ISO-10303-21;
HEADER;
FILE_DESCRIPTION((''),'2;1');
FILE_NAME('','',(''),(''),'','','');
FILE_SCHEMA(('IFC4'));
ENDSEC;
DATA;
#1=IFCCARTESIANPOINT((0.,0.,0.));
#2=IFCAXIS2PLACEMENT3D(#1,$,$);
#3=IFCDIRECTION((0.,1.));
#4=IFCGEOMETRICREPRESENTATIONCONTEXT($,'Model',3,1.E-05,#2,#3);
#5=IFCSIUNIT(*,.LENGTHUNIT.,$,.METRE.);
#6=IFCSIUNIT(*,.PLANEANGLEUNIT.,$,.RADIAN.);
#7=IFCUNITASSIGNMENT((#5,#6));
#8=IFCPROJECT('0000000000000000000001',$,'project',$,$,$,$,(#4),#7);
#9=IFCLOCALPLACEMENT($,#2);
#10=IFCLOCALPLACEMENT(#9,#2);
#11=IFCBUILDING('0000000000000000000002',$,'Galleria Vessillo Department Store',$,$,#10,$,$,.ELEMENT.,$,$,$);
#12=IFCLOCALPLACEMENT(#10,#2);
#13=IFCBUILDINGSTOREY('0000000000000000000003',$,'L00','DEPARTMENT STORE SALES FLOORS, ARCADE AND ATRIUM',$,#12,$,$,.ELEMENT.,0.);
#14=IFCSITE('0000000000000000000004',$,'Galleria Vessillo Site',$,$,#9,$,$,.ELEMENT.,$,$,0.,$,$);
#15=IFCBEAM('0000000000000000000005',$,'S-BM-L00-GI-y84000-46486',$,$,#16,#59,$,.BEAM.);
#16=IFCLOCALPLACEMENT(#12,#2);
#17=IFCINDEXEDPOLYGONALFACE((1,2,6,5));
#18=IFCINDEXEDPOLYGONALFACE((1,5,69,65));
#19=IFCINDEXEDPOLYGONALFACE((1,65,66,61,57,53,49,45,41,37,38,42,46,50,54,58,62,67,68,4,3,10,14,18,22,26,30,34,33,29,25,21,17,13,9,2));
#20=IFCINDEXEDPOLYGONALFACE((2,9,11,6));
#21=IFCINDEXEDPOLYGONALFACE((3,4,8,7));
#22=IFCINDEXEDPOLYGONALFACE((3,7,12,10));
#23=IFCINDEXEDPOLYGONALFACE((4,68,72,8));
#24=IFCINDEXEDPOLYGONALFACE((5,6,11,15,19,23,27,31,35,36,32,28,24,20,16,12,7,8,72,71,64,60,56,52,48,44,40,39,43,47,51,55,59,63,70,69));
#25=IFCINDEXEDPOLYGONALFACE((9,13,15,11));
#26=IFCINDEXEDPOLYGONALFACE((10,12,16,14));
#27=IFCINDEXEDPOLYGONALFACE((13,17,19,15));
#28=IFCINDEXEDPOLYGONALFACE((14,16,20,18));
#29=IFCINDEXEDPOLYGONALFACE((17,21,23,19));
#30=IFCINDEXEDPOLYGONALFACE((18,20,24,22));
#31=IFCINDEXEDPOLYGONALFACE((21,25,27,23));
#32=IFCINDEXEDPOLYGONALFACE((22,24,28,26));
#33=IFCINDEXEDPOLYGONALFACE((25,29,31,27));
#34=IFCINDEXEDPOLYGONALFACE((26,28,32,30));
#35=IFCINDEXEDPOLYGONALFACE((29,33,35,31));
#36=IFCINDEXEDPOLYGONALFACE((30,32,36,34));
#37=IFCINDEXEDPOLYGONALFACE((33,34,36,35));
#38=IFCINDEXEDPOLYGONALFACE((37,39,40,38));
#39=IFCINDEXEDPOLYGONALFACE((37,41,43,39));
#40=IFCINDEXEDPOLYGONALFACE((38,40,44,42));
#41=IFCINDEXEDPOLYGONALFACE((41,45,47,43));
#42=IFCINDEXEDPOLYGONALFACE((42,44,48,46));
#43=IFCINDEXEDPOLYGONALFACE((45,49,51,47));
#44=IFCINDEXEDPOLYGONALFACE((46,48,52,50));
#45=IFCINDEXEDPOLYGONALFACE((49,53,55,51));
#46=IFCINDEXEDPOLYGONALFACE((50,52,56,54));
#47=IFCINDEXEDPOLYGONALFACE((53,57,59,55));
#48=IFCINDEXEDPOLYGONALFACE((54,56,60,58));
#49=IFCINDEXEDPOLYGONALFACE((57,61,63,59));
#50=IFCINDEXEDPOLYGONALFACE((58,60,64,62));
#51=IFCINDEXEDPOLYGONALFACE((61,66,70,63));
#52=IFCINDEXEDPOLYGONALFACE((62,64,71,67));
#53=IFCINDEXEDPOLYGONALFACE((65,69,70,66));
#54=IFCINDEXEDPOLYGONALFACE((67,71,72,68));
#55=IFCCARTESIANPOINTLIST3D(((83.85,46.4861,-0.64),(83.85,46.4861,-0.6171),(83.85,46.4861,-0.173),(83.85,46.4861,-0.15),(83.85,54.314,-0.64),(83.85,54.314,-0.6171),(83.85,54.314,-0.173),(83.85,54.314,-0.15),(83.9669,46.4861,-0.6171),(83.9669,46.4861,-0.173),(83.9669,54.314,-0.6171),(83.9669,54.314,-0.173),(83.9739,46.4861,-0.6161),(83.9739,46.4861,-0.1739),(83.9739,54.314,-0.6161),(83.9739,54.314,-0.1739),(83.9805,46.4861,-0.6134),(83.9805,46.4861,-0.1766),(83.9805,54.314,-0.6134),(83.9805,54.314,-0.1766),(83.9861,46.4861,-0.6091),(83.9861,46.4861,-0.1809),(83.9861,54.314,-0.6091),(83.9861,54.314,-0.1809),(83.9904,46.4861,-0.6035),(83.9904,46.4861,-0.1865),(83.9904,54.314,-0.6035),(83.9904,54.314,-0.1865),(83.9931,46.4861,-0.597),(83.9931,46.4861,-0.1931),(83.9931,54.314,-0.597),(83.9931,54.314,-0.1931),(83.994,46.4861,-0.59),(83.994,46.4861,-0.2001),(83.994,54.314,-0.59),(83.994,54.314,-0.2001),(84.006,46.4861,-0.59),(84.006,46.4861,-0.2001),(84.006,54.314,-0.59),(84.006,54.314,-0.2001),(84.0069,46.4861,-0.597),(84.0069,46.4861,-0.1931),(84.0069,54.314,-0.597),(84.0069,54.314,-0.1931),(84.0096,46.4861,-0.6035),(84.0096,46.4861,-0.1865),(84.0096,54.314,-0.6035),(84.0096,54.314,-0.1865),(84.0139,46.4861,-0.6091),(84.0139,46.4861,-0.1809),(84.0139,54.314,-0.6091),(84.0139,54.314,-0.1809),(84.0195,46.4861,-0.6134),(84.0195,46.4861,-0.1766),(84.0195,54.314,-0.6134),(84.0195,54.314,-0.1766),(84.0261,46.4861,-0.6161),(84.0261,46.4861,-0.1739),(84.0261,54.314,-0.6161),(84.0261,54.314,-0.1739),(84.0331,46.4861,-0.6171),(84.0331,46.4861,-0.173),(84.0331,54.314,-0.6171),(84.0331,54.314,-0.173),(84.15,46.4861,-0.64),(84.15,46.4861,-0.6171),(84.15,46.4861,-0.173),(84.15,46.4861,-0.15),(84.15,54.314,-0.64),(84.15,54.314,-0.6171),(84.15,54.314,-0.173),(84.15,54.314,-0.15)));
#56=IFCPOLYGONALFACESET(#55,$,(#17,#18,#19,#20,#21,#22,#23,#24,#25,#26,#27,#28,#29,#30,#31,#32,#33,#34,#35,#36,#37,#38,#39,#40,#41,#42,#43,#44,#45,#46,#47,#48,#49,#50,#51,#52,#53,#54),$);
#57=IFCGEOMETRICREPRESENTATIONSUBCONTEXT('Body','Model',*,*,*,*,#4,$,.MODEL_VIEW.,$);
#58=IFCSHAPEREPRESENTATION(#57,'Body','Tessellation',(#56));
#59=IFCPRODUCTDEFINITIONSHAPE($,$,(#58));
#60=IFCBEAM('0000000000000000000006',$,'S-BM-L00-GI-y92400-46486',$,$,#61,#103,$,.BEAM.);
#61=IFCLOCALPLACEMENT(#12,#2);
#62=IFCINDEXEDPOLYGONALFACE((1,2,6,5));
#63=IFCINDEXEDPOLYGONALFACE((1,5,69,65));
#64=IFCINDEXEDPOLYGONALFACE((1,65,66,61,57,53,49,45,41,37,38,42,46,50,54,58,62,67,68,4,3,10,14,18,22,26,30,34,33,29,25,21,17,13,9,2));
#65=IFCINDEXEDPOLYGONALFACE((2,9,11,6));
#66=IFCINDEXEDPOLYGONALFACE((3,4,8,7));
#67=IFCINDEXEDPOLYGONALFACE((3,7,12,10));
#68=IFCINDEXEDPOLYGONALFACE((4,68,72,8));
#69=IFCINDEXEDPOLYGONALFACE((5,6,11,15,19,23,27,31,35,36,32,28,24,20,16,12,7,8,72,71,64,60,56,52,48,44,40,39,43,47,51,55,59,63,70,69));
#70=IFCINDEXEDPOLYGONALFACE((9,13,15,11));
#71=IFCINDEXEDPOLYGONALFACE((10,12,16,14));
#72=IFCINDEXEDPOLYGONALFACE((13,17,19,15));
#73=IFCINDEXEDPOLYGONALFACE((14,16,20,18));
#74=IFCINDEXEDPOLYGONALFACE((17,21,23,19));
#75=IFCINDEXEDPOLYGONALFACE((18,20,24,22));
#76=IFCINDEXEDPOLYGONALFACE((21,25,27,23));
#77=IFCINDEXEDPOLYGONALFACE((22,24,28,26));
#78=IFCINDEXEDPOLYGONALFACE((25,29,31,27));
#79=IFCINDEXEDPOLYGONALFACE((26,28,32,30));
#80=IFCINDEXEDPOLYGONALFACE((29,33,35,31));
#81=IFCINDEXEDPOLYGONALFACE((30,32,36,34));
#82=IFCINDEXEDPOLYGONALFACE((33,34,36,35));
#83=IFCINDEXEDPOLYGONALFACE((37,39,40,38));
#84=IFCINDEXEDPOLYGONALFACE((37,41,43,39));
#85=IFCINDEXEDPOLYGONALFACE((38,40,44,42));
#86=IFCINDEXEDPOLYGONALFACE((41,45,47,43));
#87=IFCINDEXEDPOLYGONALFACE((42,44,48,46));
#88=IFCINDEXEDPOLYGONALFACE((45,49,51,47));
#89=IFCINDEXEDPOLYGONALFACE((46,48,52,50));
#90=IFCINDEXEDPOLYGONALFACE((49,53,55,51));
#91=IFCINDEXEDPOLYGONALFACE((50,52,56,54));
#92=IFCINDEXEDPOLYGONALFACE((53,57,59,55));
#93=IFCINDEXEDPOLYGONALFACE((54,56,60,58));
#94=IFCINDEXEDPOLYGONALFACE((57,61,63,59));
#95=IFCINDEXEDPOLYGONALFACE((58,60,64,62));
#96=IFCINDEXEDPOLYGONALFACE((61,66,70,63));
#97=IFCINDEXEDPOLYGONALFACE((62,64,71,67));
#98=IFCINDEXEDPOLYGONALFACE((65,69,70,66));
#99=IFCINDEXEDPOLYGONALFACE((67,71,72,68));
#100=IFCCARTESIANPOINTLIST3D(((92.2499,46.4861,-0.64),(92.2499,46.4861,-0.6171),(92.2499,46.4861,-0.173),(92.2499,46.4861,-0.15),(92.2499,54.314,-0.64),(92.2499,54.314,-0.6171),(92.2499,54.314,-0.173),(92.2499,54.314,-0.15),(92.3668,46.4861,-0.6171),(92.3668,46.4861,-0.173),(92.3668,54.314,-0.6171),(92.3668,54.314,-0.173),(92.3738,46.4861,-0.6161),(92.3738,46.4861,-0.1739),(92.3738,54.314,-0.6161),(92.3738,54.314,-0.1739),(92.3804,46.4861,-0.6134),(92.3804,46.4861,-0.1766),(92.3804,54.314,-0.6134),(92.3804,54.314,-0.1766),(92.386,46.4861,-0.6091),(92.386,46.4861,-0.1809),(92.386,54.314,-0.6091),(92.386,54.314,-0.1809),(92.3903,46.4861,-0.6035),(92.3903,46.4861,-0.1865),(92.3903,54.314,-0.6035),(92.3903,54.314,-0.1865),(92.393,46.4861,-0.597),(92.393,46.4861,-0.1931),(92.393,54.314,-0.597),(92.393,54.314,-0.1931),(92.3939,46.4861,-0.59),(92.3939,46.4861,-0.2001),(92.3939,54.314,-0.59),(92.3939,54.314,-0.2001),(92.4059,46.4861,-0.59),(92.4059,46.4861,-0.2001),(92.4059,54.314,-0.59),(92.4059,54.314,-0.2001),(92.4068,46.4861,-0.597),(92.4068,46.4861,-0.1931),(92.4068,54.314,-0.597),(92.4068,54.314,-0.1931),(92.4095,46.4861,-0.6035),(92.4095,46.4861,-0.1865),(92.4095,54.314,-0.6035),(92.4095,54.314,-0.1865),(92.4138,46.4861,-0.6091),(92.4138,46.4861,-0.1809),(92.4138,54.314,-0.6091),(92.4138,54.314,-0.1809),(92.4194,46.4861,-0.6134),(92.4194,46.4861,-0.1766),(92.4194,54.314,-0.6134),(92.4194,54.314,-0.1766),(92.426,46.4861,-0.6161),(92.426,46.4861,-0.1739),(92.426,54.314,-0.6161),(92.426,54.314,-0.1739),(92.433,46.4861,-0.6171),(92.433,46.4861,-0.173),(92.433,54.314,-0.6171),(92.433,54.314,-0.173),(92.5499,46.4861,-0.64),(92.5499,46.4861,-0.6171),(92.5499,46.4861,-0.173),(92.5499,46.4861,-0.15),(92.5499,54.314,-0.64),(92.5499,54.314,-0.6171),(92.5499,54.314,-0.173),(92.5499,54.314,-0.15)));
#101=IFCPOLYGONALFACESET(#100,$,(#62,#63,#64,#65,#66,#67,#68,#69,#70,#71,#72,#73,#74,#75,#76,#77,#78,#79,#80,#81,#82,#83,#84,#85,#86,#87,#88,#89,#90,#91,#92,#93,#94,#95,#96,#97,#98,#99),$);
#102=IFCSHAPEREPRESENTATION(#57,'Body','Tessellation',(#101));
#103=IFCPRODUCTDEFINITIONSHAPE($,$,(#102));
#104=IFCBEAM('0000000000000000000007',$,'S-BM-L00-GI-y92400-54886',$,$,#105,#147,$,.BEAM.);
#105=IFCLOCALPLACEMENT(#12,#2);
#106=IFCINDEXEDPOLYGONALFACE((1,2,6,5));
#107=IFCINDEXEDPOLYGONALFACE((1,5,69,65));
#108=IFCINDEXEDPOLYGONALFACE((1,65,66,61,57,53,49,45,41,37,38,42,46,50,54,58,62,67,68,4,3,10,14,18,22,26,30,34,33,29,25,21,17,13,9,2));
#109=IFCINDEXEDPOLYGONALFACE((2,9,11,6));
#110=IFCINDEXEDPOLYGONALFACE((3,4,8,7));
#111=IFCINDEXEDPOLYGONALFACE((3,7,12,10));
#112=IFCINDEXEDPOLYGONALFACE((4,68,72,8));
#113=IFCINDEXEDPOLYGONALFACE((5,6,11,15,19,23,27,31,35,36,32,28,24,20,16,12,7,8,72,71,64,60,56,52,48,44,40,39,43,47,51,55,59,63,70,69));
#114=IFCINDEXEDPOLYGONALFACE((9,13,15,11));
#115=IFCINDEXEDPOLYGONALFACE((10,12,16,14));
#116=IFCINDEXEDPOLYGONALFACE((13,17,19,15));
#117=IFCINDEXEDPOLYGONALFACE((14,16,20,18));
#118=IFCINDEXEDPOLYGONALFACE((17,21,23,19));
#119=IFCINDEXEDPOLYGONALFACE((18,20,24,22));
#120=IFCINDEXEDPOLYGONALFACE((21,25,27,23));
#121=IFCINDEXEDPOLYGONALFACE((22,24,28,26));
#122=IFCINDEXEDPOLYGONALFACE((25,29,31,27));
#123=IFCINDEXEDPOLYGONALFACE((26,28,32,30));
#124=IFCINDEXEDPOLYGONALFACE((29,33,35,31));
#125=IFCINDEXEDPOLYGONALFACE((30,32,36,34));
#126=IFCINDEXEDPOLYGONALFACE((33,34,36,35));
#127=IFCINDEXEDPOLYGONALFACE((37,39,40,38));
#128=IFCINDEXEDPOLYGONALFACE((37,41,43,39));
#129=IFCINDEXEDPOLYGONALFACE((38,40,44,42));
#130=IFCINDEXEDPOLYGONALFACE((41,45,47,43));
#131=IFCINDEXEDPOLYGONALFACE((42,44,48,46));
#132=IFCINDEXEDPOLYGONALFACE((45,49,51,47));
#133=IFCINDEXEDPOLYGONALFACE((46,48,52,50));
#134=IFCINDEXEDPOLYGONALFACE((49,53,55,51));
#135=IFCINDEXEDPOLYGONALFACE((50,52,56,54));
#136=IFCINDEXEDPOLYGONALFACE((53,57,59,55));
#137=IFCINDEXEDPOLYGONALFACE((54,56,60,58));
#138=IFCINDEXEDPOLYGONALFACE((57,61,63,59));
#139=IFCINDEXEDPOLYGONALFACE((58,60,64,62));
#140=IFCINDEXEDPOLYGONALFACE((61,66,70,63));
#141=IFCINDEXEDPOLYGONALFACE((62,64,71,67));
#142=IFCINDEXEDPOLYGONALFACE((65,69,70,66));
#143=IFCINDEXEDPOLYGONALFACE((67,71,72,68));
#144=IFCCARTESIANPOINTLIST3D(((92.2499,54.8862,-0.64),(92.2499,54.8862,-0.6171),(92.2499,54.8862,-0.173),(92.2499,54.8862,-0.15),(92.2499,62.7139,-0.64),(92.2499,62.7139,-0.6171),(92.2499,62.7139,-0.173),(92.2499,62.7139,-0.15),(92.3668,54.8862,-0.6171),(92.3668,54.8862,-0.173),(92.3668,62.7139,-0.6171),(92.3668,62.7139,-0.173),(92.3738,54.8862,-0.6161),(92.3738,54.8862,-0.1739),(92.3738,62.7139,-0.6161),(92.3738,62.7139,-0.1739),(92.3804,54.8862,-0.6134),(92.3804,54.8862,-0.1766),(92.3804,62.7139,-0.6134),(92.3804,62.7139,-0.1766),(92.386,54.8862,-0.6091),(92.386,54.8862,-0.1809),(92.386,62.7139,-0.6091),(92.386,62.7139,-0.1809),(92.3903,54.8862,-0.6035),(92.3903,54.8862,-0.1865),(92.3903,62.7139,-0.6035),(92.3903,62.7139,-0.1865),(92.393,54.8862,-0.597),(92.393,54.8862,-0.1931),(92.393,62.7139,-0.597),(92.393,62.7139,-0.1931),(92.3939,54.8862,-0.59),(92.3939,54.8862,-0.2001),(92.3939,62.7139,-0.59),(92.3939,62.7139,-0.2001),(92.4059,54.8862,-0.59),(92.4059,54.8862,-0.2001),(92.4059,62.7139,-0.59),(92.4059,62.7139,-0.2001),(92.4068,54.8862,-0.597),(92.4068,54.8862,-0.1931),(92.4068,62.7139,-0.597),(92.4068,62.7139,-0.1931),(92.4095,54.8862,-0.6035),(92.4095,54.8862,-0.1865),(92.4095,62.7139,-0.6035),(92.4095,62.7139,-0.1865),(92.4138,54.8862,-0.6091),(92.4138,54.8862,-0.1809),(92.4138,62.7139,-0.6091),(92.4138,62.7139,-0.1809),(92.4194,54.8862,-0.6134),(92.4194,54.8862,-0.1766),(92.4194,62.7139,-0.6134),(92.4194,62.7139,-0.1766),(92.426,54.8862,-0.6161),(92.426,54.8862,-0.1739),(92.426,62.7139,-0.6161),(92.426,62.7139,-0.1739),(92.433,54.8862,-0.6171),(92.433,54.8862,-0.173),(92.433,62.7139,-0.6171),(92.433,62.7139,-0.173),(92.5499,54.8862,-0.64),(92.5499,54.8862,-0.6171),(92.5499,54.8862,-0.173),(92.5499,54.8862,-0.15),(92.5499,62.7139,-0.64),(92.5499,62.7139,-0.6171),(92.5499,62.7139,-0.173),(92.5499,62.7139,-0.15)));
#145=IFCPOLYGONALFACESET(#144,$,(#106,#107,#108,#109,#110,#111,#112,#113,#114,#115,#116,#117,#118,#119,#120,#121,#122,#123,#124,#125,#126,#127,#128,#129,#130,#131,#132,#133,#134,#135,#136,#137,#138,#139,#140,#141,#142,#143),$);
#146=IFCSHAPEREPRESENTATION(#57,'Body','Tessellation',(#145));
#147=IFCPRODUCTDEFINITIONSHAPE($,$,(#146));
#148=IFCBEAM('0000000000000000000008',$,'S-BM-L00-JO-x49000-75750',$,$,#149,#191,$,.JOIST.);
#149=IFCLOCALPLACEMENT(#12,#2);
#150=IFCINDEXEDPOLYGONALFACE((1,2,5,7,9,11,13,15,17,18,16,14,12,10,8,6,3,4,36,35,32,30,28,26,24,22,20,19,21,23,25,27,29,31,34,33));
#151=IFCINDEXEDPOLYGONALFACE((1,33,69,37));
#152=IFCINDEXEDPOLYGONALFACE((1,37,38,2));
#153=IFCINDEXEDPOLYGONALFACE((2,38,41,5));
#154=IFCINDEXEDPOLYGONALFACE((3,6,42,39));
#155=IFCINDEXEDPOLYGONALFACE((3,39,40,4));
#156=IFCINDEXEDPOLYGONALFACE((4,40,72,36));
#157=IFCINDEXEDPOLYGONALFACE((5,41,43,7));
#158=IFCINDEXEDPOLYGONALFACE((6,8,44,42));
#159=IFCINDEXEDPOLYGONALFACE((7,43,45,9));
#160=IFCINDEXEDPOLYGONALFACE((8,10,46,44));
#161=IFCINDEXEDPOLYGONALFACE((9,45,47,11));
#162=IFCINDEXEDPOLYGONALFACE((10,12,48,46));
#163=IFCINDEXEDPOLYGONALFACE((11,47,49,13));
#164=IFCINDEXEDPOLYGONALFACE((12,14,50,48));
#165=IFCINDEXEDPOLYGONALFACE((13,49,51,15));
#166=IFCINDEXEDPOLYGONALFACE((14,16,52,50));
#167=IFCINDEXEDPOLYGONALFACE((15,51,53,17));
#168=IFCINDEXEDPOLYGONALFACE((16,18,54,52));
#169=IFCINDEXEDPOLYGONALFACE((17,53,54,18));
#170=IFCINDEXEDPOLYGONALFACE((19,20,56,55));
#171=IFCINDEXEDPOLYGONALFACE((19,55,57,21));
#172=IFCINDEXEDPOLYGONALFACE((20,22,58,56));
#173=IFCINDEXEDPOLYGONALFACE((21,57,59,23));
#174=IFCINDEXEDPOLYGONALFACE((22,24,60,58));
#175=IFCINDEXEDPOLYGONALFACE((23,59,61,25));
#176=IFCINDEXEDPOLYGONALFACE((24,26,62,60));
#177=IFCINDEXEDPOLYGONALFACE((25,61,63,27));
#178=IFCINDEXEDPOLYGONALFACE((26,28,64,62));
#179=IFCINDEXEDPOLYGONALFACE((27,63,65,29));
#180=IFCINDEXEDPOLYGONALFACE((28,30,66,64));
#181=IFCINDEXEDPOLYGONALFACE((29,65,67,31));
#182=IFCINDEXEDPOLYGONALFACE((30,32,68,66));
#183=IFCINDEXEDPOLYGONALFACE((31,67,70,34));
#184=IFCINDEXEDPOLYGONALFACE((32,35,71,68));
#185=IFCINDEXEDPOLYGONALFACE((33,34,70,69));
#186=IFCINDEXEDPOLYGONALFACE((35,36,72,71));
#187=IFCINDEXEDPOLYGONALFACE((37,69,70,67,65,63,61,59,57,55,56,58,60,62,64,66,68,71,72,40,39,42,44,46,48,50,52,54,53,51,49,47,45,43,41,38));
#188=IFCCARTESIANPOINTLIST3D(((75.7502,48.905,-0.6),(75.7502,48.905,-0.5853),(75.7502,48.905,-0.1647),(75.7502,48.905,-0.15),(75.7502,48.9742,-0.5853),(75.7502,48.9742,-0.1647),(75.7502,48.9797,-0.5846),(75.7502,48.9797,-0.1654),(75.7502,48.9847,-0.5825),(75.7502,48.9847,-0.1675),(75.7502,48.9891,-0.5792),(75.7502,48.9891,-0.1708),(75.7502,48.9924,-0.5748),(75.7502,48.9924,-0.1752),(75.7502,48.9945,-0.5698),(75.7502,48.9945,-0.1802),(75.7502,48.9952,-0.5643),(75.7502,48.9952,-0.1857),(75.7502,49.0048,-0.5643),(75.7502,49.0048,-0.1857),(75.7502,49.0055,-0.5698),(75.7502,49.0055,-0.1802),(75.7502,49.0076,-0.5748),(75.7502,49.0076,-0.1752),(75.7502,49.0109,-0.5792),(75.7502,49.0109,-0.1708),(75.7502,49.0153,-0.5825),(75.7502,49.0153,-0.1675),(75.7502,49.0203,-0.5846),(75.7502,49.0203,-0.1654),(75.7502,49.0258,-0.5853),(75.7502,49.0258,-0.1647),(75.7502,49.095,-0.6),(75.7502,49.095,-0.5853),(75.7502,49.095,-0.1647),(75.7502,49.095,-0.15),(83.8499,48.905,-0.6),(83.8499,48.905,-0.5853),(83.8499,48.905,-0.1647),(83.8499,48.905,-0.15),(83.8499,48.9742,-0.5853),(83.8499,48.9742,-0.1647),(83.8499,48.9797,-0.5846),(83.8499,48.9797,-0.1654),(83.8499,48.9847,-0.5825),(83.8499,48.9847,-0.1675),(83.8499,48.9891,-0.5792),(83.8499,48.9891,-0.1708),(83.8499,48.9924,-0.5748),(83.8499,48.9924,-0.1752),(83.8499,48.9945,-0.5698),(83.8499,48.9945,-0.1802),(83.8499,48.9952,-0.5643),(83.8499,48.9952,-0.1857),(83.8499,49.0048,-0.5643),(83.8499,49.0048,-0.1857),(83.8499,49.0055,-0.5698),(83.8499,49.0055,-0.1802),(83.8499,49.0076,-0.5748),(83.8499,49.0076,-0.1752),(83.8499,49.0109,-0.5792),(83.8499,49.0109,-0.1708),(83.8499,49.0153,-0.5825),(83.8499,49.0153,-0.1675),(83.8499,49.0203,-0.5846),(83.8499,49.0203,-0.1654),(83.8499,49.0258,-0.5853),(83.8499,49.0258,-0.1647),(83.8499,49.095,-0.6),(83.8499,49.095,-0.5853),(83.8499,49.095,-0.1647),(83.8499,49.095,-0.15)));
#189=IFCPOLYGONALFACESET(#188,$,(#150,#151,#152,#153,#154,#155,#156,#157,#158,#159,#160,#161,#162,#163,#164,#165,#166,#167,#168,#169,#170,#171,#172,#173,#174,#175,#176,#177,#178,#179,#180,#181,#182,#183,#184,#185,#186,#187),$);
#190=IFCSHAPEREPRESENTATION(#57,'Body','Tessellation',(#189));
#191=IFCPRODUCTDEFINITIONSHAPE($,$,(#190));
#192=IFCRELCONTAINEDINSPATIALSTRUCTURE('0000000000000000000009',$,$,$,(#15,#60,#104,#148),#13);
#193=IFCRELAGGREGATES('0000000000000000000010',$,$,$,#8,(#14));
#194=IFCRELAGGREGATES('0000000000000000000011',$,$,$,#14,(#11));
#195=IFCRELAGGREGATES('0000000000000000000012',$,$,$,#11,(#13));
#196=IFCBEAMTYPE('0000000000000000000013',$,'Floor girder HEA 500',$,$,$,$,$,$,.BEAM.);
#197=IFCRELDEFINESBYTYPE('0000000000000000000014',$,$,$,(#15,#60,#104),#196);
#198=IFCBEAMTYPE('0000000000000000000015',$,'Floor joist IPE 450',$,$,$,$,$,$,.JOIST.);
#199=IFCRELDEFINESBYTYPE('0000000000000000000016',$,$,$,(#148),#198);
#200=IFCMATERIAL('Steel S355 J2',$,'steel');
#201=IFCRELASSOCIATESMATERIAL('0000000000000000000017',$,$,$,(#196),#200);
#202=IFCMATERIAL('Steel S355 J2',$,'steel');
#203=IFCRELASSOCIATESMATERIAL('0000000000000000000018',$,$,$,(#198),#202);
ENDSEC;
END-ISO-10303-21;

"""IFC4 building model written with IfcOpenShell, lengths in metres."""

from ifc_helpers import new_model, si_unit, direction, frame, origin, origin_2d, place, context, subcontext, project, spatial, i_section, extrude, material, material_profile, profile_set, type_object, element, save


model = new_model("IFC4")

# Units and contexts
model_context = context("Model", 3, precision=1e-05, world=origin(), true_north=direction((0.0, 1.0)))
body_context = subcontext(model_context, "Body", "Model", "MODEL_VIEW")
ifc_project = project(units=[si_unit("LENGTHUNIT", "METRE"), si_unit("PLANEANGLEUNIT", "RADIAN")], contexts=[model_context])

# Site, building, storey
site_placement = place(None, origin())
site = spatial("IfcSite", under=ifc_project, at=site_placement, Name="Galleria Vessillo Site", CompositionType="ELEMENT", RefElevation=0.0)
building_placement = place(site_placement, origin())
building = spatial("IfcBuilding", under=site, at=building_placement, Name="Galleria Vessillo Department Store", CompositionType="ELEMENT")
storey_placement = place(building_placement, origin())
storey = spatial("IfcBuildingStorey", under=building, at=storey_placement, Name="L00", Description="DEPARTMENT STORE SALES FLOORS, ARCADE AND ATRIUM", CompositionType="ELEMENT", Elevation=0.0)

# Beams
ifc_material_1 = material(Name="Steel S355 J2", Category="steel")
ifc_material_profile_1 = material_profile(ifc_material_1, i_section(OverallWidth=0.3, OverallDepth=0.49, WebThickness=0.012, FlangeThickness=0.0229, FilletRadius=0.0271, at=origin_2d()), Name="HEA 500")
ifc_profile_set_1 = profile_set([ifc_material_profile_1], Name="Steel S355 J2")
beam_type_1 = type_object("IfcBeamType", Name="Floor girder HEA 500", PredefinedType="BEAM", material=ifc_profile_set_1)
for number, where, z_axis, x_axis, name in (
    (1, (84.0, 46.4861, -0.395), (0.0, 1.0, 0.0), (-1.0, 0.0, 0.0), "S-BM-L00-GI-y84000-46486"),
    (2, (92.3999, 46.4861, -0.395), (0.0, 1.0, 0.0), (-1.0, 0.0, 0.0), "S-BM-L00-GI-y92400-46486"),
):
    element("IfcBeam", number, at=place(storey_placement, frame(where, z_axis=z_axis, x_axis=x_axis)), inside=storey, type_object=beam_type_1, Name=name, PredefinedType="BEAM", context=body_context, shape_type="SweptSolid", body=[
        extrude(i_section(OverallWidth=0.3, OverallDepth=0.49, WebThickness=0.012, FlangeThickness=0.0229, FilletRadius=0.0271, at=origin_2d()), origin(), (0.0, 0.0, 1.0), 7.8279),
    ])
beam_1_placement = place(storey_placement, frame((92.3999, 54.8862, -0.395), z_axis=(0.0, 1.0, 0.0), x_axis=(-1.0, 0.0, 0.0)))
element("IfcBeam", 3, at=beam_1_placement, inside=storey, type_object=beam_type_1, Name="S-BM-L00-GI-y92400-54886", PredefinedType="BEAM", context=body_context, shape_type="SweptSolid", body=[
    extrude(i_section(OverallWidth=0.3, OverallDepth=0.49, WebThickness=0.012, FlangeThickness=0.0229, FilletRadius=0.0271, at=origin_2d()), origin(), (0.0, 0.0, 1.0), 7.8276),
])
ifc_material_2 = material(Name="Steel S355 J2", Category="steel")
ifc_material_profile_2 = material_profile(ifc_material_2, i_section(OverallWidth=0.1899, OverallDepth=0.45, WebThickness=0.0095, FlangeThickness=0.0146, FilletRadius=0.021, at=origin_2d()), Name="IPE 450")
ifc_profile_set_2 = profile_set([ifc_material_profile_2], Name="Steel S355 J2")
beam_type_2 = type_object("IfcBeamType", Name="Floor joist IPE 450", PredefinedType="JOIST", material=ifc_profile_set_2)
for number, where, z_axis, x_axis, name in (
    (4, (75.7502, 49.0, -0.375), (1.0, 0.0, 0.0), (0.0, 1.0, 0.0), "S-BM-L00-JO-x49000-75750"),
):
    element("IfcBeam", number, at=place(storey_placement, frame(where, z_axis=z_axis, x_axis=x_axis)), inside=storey, type_object=beam_type_2, Name=name, PredefinedType="JOIST", context=body_context, shape_type="SweptSolid", body=[
        extrude(i_section(OverallWidth=0.1899, OverallDepth=0.45, WebThickness=0.0095, FlangeThickness=0.0146, FilletRadius=0.021, at=origin_2d()), origin(), (0.0, 0.0, 1.0), 8.0996),
    ])

save(model, "model.ifc")
